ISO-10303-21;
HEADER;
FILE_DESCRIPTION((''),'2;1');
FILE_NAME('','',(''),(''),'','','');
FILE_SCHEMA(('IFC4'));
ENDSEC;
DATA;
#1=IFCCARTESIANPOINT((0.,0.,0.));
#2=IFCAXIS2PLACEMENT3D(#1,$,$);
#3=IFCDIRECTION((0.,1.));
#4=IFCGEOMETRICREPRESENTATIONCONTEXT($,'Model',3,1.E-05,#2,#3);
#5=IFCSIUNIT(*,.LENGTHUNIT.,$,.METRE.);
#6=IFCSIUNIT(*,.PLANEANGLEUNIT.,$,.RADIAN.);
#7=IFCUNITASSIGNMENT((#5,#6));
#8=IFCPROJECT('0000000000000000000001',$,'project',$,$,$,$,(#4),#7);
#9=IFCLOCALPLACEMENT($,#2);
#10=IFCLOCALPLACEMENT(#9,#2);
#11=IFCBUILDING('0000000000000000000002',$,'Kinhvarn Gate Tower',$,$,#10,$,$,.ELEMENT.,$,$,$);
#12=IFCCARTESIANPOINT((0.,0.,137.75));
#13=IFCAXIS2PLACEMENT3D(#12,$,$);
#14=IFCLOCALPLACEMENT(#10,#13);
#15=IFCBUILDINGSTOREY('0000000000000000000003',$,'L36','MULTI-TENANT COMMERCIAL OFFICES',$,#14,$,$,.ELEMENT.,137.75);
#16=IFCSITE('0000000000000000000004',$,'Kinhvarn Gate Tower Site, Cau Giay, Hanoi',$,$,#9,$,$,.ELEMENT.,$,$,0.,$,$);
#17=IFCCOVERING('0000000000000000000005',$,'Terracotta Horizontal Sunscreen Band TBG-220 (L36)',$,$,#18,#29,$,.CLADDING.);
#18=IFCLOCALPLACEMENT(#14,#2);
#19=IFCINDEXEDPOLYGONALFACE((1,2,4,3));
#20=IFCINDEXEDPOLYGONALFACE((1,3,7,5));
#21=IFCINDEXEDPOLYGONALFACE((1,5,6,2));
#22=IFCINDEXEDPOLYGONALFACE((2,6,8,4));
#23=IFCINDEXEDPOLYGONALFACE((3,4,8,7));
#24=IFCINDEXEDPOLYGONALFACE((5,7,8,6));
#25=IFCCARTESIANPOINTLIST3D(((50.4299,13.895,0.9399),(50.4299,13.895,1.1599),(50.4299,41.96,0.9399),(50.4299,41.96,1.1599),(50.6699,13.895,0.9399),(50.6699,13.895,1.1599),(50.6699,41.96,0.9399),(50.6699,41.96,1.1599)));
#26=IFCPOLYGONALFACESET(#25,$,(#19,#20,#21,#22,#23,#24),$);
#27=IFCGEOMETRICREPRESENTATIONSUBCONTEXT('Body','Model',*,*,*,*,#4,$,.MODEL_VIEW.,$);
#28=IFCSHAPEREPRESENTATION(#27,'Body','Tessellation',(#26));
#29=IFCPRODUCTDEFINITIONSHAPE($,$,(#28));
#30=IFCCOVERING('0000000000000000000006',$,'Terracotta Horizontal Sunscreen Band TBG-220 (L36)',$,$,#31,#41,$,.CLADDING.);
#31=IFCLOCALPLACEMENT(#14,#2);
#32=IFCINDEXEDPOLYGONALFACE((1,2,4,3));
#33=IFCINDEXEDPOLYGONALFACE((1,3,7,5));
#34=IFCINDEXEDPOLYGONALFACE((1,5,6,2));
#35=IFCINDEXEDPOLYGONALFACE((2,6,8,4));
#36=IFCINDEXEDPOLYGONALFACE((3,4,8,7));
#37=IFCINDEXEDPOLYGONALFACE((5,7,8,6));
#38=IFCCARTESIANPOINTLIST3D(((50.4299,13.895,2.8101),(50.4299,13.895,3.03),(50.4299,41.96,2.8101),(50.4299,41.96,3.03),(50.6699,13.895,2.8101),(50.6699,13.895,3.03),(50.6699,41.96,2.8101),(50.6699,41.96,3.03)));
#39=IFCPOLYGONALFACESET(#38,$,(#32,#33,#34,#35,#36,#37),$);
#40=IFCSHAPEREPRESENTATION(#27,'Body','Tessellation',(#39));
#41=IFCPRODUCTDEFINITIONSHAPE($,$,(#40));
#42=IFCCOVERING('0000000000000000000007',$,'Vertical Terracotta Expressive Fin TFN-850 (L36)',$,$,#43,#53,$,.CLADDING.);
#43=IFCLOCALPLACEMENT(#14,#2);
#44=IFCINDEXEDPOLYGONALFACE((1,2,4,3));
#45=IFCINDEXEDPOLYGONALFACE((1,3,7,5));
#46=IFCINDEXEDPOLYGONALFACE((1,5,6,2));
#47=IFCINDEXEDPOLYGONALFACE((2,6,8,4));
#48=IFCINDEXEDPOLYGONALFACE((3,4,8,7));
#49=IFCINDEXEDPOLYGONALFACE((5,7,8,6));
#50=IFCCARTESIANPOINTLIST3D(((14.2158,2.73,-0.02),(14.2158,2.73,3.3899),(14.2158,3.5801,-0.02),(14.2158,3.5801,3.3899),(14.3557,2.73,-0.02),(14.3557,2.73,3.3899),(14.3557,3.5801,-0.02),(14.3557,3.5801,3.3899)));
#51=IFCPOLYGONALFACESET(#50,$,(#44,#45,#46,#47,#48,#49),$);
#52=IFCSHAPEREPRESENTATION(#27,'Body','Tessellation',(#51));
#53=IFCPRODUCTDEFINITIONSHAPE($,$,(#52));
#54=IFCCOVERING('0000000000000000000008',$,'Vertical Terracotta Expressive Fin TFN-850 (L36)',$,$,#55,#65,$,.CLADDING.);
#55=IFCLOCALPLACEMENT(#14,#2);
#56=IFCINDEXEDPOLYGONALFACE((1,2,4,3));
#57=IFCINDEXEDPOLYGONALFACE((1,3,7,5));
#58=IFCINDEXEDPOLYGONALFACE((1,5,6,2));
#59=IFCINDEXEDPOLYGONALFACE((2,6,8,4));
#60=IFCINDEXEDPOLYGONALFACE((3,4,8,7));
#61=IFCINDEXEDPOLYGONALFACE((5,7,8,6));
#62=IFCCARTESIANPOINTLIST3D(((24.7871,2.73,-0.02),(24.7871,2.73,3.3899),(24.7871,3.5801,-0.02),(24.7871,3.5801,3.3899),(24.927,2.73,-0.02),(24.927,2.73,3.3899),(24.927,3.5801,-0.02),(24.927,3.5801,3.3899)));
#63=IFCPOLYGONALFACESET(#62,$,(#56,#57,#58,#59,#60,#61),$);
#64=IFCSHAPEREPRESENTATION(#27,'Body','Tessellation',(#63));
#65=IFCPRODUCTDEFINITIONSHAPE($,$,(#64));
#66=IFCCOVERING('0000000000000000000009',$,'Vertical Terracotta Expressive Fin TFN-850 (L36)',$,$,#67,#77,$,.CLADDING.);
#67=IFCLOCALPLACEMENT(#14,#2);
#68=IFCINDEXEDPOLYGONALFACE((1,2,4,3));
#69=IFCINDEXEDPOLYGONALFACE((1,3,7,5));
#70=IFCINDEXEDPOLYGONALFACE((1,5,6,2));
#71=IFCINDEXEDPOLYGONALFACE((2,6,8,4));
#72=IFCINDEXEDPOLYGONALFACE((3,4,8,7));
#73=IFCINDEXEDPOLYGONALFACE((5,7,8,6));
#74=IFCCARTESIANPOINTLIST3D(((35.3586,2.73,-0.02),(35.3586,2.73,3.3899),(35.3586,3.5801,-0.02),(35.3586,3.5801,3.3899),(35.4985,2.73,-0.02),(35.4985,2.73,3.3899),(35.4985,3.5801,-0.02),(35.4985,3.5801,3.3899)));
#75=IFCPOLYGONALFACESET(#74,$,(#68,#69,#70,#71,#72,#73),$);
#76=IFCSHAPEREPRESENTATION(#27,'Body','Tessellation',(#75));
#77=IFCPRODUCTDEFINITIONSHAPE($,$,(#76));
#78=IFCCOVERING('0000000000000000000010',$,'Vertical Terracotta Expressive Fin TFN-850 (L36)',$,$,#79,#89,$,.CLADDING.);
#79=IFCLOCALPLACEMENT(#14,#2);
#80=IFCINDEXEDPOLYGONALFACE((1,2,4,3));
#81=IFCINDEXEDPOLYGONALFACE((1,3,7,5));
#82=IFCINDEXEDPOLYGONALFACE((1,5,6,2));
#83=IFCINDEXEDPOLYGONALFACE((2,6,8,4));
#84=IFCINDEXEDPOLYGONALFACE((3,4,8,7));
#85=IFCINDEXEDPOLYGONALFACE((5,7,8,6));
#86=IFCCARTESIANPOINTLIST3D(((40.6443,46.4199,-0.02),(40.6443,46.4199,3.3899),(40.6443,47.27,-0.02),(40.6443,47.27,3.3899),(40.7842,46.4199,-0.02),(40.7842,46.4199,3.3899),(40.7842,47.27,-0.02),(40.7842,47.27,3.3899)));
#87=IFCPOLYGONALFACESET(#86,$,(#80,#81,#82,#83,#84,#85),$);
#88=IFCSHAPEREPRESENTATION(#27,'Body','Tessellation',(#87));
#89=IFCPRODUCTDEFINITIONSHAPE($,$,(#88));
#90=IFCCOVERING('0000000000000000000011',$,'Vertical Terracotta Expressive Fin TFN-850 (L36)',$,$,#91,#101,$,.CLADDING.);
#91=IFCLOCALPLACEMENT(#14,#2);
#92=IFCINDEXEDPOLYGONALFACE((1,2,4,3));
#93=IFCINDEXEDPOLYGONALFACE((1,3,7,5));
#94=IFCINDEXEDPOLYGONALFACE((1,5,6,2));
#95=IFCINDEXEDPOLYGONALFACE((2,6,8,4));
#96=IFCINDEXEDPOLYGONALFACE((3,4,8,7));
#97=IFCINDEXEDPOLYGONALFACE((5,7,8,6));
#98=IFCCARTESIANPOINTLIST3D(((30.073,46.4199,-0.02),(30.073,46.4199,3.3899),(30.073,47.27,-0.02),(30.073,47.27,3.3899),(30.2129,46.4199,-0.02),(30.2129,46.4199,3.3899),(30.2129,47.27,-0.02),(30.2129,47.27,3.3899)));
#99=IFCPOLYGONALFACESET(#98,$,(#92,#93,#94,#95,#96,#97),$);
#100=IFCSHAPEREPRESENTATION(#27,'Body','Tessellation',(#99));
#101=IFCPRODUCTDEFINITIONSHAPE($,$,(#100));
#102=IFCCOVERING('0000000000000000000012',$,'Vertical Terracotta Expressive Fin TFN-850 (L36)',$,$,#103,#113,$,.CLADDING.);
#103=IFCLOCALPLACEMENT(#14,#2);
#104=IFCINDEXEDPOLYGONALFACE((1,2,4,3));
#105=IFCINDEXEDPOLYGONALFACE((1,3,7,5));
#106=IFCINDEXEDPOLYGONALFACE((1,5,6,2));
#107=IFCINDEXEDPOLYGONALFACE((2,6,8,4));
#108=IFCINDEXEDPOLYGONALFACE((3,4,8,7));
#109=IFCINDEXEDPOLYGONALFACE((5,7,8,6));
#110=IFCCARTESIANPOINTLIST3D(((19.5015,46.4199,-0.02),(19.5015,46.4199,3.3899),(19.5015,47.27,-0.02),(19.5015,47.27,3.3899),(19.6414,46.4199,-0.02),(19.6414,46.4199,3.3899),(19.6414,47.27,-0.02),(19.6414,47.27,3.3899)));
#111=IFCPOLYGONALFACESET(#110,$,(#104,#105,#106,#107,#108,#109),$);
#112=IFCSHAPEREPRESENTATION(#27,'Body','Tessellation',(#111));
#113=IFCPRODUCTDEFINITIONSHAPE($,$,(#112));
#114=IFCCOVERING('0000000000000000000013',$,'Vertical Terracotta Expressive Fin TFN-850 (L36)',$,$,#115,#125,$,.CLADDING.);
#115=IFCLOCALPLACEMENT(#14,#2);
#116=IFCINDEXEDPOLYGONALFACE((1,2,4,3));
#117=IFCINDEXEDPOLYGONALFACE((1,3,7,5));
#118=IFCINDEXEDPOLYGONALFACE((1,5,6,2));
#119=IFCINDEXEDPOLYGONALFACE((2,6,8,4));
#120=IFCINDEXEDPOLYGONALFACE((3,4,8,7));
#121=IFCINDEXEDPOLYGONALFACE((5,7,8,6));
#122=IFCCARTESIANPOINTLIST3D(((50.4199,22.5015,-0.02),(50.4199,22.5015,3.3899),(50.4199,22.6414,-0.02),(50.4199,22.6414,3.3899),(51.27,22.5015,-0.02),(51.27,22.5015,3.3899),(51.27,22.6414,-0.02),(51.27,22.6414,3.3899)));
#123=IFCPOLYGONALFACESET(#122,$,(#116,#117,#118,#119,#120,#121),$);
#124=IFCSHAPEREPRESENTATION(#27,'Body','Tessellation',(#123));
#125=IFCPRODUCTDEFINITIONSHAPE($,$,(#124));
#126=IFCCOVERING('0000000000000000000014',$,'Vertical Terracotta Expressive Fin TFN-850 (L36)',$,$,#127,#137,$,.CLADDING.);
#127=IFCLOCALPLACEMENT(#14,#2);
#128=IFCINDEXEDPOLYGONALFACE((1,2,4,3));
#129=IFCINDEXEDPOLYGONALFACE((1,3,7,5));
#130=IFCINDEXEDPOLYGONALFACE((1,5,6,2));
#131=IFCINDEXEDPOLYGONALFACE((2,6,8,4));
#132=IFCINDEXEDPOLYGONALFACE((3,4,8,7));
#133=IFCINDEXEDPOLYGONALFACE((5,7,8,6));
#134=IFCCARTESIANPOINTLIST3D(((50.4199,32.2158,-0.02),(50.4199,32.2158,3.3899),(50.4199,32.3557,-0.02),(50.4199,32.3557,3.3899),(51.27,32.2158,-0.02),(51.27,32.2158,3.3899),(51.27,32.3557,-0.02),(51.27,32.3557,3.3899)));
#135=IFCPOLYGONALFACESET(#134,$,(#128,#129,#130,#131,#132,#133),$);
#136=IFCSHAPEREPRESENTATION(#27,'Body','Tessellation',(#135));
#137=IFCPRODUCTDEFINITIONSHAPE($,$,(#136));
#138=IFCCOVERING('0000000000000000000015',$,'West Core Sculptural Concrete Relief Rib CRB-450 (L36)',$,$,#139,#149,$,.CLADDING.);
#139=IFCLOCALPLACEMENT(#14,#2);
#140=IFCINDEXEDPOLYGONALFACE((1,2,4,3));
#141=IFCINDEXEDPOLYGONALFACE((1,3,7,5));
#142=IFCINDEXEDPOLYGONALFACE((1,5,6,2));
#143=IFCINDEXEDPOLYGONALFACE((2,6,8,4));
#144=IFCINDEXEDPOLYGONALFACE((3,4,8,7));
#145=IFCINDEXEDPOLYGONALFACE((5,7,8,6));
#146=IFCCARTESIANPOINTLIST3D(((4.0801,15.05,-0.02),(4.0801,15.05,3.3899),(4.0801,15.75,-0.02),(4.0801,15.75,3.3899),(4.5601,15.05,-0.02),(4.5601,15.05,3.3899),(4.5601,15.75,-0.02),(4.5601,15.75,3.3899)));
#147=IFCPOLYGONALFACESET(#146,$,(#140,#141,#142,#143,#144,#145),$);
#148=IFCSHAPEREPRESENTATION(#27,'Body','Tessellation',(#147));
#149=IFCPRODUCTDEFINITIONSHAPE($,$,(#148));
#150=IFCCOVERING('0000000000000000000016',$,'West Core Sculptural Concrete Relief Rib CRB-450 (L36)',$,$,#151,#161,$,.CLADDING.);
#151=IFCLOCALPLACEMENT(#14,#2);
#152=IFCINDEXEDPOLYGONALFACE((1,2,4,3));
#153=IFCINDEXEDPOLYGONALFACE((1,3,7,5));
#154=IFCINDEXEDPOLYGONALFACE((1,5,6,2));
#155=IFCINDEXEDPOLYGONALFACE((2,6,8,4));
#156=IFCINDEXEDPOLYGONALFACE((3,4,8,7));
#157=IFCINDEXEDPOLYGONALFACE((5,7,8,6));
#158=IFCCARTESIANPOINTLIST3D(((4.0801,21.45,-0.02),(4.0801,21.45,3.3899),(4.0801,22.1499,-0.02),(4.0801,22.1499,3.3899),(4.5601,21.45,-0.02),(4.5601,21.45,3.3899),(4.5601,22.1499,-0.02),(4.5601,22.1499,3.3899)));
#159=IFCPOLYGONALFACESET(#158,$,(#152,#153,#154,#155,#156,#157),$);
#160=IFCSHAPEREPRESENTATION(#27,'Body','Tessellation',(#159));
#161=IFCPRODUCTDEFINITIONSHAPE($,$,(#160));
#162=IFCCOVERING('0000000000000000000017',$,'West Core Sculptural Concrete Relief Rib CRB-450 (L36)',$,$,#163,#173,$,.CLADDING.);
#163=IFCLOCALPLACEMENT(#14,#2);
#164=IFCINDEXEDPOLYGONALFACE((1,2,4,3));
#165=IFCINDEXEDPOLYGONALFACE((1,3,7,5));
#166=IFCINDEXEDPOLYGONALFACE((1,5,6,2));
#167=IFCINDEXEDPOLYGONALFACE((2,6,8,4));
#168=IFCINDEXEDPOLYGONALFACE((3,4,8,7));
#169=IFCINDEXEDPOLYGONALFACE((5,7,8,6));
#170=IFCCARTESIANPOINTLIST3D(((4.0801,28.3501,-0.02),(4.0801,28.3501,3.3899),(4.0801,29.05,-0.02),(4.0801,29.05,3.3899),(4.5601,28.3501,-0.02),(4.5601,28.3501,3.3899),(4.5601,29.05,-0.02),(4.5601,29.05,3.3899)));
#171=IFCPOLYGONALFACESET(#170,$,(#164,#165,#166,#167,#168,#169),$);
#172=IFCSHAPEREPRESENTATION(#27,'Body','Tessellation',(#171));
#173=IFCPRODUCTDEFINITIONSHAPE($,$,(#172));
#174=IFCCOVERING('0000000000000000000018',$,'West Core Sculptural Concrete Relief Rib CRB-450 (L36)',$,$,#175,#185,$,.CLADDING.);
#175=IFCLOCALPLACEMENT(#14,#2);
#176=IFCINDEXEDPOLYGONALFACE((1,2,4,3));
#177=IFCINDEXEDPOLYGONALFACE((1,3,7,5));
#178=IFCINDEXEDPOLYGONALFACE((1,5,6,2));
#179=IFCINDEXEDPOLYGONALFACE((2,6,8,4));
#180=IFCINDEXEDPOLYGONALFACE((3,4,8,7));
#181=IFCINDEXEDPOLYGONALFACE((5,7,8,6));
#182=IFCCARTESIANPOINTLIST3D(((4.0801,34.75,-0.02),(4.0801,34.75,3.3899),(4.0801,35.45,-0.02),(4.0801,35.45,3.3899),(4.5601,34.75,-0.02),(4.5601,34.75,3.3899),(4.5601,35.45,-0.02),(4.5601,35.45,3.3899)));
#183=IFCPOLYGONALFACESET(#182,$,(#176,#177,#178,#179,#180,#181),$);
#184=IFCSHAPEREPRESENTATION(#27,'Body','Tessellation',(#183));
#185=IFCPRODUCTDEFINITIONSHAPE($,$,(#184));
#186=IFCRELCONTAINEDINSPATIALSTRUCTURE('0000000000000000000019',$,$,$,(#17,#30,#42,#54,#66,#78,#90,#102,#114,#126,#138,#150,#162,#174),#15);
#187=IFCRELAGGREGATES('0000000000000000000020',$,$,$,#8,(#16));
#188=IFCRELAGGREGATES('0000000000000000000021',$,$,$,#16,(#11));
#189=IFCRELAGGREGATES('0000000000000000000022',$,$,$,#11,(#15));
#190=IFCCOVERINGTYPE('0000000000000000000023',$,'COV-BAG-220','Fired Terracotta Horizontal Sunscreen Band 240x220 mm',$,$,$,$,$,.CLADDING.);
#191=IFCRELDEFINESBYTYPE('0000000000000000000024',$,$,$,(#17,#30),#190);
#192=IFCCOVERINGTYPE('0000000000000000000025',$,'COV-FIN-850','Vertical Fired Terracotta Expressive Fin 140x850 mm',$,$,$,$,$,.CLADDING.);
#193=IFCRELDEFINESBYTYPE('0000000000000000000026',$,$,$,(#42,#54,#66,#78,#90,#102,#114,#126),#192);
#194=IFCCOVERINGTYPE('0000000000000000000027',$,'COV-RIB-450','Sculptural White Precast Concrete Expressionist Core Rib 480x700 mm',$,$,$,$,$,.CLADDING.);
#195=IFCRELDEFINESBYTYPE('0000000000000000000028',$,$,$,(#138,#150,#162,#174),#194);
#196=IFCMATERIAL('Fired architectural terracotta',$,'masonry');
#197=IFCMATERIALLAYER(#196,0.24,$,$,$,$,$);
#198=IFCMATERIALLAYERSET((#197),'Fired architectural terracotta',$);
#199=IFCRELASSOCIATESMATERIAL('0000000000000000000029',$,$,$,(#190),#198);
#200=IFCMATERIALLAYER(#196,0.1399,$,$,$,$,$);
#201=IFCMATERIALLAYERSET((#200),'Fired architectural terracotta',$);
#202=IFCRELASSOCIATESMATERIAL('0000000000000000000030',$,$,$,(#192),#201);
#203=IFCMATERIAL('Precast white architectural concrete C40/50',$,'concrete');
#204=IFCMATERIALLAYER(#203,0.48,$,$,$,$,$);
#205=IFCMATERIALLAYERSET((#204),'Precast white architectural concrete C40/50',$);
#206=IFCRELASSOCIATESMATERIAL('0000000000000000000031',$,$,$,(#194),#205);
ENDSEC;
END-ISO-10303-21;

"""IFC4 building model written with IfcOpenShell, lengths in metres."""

from ifc_helpers import new_model, si_unit, direction, frame, origin, place, context, subcontext, project, spatial, polyline, outline, extrude, material, layer, layer_set, type_object, element, save


model = new_model("IFC4")

# Units and contexts
model_context = context("Model", 3, precision=1e-05, world=origin(), true_north=direction((0.0, 1.0)))
body_context = subcontext(model_context, "Body", "Model", "MODEL_VIEW")
ifc_project = project(units=[si_unit("LENGTHUNIT", "METRE"), si_unit("PLANEANGLEUNIT", "RADIAN")], contexts=[model_context])

# Site, building, storey
site_placement = place(None, origin())
site = spatial("IfcSite", under=ifc_project, at=site_placement, Name="Kinhvarn Gate Tower Site, Cau Giay, Hanoi", CompositionType="ELEMENT", RefElevation=0.0)
building_placement = place(site_placement, origin())
building = spatial("IfcBuilding", under=site, at=building_placement, Name="Kinhvarn Gate Tower", CompositionType="ELEMENT")
storey_placement = place(building_placement, frame((0.0, 0.0, 137.75)))
storey = spatial("IfcBuildingStorey", under=building, at=storey_placement, Name="L36", Description="MULTI-TENANT COMMERCIAL OFFICES", CompositionType="ELEMENT", Elevation=137.75)

# Shared definitions
ifc_material_1 = material(Name="Precast white architectural concrete C40/50", Category="concrete")

# Coverings
ifc_material_2 = material(Name="Fired architectural terracotta", Category="masonry")
ifc_layer_1 = layer(ifc_material_2, 0.24)
ifc_layer_set_1 = layer_set([ifc_layer_1], Name="Fired architectural terracotta")
covering_type_1 = type_object("IfcCoveringType", Name="COV-BAG-220", Description="Fired Terracotta Horizontal Sunscreen Band 240x220 mm", PredefinedType="CLADDING", material=ifc_layer_set_1)
for number, where, name in (
    (1, (0.0, 0.0, 0.9399), "Terracotta Horizontal Sunscreen Band TBG-220 (L36)"),
    (2, (0.0, 0.0, 2.8101), "Terracotta Horizontal Sunscreen Band TBG-220 (L36)"),
):
    element("IfcCovering", number, at=place(storey_placement, frame(where)), inside=storey, type_object=covering_type_1, Name=name, PredefinedType="CLADDING", context=body_context, shape_type="SweptSolid", body=[
        extrude(outline(polyline([(50.4299, 13.895), (50.4299, 41.96), (50.6699, 41.96), (50.6699, 13.895), (50.4299, 13.895)])), origin(), (0.0, 0.0, 1.0), 0.22),
    ])
ifc_layer_2 = layer(ifc_material_2, 0.1399)
ifc_layer_set_2 = layer_set([ifc_layer_2], Name="Fired architectural terracotta")
covering_type_2 = type_object("IfcCoveringType", Name="COV-FIN-850", Description="Vertical Fired Terracotta Expressive Fin 140x850 mm", PredefinedType="CLADDING", material=ifc_layer_set_2)
covering_1_placement = place(storey_placement, frame((0.0, 0.0, -0.02)))
element("IfcCovering", 3, at=covering_1_placement, inside=storey, type_object=covering_type_2, Name="Vertical Terracotta Expressive Fin TFN-850 (L36)", PredefinedType="CLADDING", context=body_context, shape_type="SweptSolid", body=[
    extrude(outline(polyline([(14.2158, 3.5801), (14.3557, 3.5801), (14.3557, 2.73), (14.2158, 2.73), (14.2158, 3.5801)])), origin(), (0.0, 0.0, 1.0), 3.4099),
])
covering_2_placement = place(storey_placement, frame((0.0, 0.0, -0.02)))
element("IfcCovering", 4, at=covering_2_placement, inside=storey, type_object=covering_type_2, Name="Vertical Terracotta Expressive Fin TFN-850 (L36)", PredefinedType="CLADDING", context=body_context, shape_type="SweptSolid", body=[
    extrude(outline(polyline([(24.7871, 3.5801), (24.927, 3.5801), (24.927, 2.73), (24.7871, 2.73), (24.7871, 3.5801)])), origin(), (0.0, 0.0, 1.0), 3.4099),
])
covering_3_placement = place(storey_placement, frame((0.0, 0.0, -0.02)))
element("IfcCovering", 5, at=covering_3_placement, inside=storey, type_object=covering_type_2, Name="Vertical Terracotta Expressive Fin TFN-850 (L36)", PredefinedType="CLADDING", context=body_context, shape_type="SweptSolid", body=[
    extrude(outline(polyline([(35.3586, 3.5801), (35.4985, 3.5801), (35.4985, 2.73), (35.3586, 2.73), (35.3586, 3.5801)])), origin(), (0.0, 0.0, 1.0), 3.4099),
])
covering_4_placement = place(storey_placement, frame((0.0, 0.0, -0.02)))
element("IfcCovering", 6, at=covering_4_placement, inside=storey, type_object=covering_type_2, Name="Vertical Terracotta Expressive Fin TFN-850 (L36)", PredefinedType="CLADDING", context=body_context, shape_type="SweptSolid", body=[
    extrude(outline(polyline([(40.7842, 46.4199), (40.6443, 46.4199), (40.6443, 47.27), (40.7842, 47.27), (40.7842, 46.4199)])), origin(), (0.0, 0.0, 1.0), 3.4099),
])
covering_5_placement = place(storey_placement, frame((0.0, 0.0, -0.02)))
element("IfcCovering", 7, at=covering_5_placement, inside=storey, type_object=covering_type_2, Name="Vertical Terracotta Expressive Fin TFN-850 (L36)", PredefinedType="CLADDING", context=body_context, shape_type="SweptSolid", body=[
    extrude(outline(polyline([(30.2129, 46.4199), (30.073, 46.4199), (30.073, 47.27), (30.2129, 47.27), (30.2129, 46.4199)])), origin(), (0.0, 0.0, 1.0), 3.4099),
])
covering_6_placement = place(storey_placement, frame((0.0, 0.0, -0.02)))
element("IfcCovering", 8, at=covering_6_placement, inside=storey, type_object=covering_type_2, Name="Vertical Terracotta Expressive Fin TFN-850 (L36)", PredefinedType="CLADDING", context=body_context, shape_type="SweptSolid", body=[
    extrude(outline(polyline([(19.6414, 46.4199), (19.5015, 46.4199), (19.5015, 47.27), (19.6414, 47.27), (19.6414, 46.4199)])), origin(), (0.0, 0.0, 1.0), 3.4099),
])
covering_7_placement = place(storey_placement, frame((0.0, 0.0, -0.02)))
element("IfcCovering", 9, at=covering_7_placement, inside=storey, type_object=covering_type_2, Name="Vertical Terracotta Expressive Fin TFN-850 (L36)", PredefinedType="CLADDING", context=body_context, shape_type="SweptSolid", body=[
    extrude(outline(polyline([(50.4199, 22.5015), (50.4199, 22.6414), (51.27, 22.6414), (51.27, 22.5015), (50.4199, 22.5015)])), origin(), (0.0, 0.0, 1.0), 3.4099),
])
covering_8_placement = place(storey_placement, frame((0.0, 0.0, -0.02)))
element("IfcCovering", 10, at=covering_8_placement, inside=storey, type_object=covering_type_2, Name="Vertical Terracotta Expressive Fin TFN-850 (L36)", PredefinedType="CLADDING", context=body_context, shape_type="SweptSolid", body=[
    extrude(outline(polyline([(50.4199, 32.2158), (50.4199, 32.3557), (51.27, 32.3557), (51.27, 32.2158), (50.4199, 32.2158)])), origin(), (0.0, 0.0, 1.0), 3.4099),
])
ifc_layer_3 = layer(ifc_material_1, 0.48)
ifc_layer_set_3 = layer_set([ifc_layer_3], Name="Precast white architectural concrete C40/50")
covering_type_3 = type_object("IfcCoveringType", Name="COV-RIB-450", Description="Sculptural White Precast Concrete Expressionist Core Rib 480x700 mm", PredefinedType="CLADDING", material=ifc_layer_set_3)
covering_9_placement = place(storey_placement, frame((0.0, 0.0, -0.02)))
element("IfcCovering", 11, at=covering_9_placement, inside=storey, type_object=covering_type_3, Name="West Core Sculptural Concrete Relief Rib CRB-450 (L36)", PredefinedType="CLADDING", context=body_context, shape_type="SweptSolid", body=[
    extrude(outline(polyline([(4.0801, 15.05), (4.5601, 15.05), (4.5601, 15.75), (4.0801, 15.75), (4.0801, 15.05)])), origin(), (0.0, 0.0, 1.0), 3.4099),
])
covering_10_placement = place(storey_placement, frame((0.0, 0.0, -0.02)))
element("IfcCovering", 12, at=covering_10_placement, inside=storey, type_object=covering_type_3, Name="West Core Sculptural Concrete Relief Rib CRB-450 (L36)", PredefinedType="CLADDING", context=body_context, shape_type="SweptSolid", body=[
    extrude(outline(polyline([(4.0801, 21.45), (4.5601, 21.45), (4.5601, 22.1499), (4.0801, 22.1499), (4.0801, 21.45)])), origin(), (0.0, 0.0, 1.0), 3.4099),
])
covering_11_placement = place(storey_placement, frame((0.0, 0.0, -0.02)))
element("IfcCovering", 13, at=covering_11_placement, inside=storey, type_object=covering_type_3, Name="West Core Sculptural Concrete Relief Rib CRB-450 (L36)", PredefinedType="CLADDING", context=body_context, shape_type="SweptSolid", body=[
    extrude(outline(polyline([(4.0801, 28.3501), (4.5601, 28.3501), (4.5601, 29.05), (4.0801, 29.05), (4.0801, 28.3501)])), origin(), (0.0, 0.0, 1.0), 3.4099),
])
covering_12_placement = place(storey_placement, frame((0.0, 0.0, -0.02)))
element("IfcCovering", 14, at=covering_12_placement, inside=storey, type_object=covering_type_3, Name="West Core Sculptural Concrete Relief Rib CRB-450 (L36)", PredefinedType="CLADDING", context=body_context, shape_type="SweptSolid", body=[
    extrude(outline(polyline([(4.0801, 34.75), (4.5601, 34.75), (4.5601, 35.45), (4.0801, 35.45), (4.0801, 34.75)])), origin(), (0.0, 0.0, 1.0), 3.4099),
])

save(model, "model.ifc")
